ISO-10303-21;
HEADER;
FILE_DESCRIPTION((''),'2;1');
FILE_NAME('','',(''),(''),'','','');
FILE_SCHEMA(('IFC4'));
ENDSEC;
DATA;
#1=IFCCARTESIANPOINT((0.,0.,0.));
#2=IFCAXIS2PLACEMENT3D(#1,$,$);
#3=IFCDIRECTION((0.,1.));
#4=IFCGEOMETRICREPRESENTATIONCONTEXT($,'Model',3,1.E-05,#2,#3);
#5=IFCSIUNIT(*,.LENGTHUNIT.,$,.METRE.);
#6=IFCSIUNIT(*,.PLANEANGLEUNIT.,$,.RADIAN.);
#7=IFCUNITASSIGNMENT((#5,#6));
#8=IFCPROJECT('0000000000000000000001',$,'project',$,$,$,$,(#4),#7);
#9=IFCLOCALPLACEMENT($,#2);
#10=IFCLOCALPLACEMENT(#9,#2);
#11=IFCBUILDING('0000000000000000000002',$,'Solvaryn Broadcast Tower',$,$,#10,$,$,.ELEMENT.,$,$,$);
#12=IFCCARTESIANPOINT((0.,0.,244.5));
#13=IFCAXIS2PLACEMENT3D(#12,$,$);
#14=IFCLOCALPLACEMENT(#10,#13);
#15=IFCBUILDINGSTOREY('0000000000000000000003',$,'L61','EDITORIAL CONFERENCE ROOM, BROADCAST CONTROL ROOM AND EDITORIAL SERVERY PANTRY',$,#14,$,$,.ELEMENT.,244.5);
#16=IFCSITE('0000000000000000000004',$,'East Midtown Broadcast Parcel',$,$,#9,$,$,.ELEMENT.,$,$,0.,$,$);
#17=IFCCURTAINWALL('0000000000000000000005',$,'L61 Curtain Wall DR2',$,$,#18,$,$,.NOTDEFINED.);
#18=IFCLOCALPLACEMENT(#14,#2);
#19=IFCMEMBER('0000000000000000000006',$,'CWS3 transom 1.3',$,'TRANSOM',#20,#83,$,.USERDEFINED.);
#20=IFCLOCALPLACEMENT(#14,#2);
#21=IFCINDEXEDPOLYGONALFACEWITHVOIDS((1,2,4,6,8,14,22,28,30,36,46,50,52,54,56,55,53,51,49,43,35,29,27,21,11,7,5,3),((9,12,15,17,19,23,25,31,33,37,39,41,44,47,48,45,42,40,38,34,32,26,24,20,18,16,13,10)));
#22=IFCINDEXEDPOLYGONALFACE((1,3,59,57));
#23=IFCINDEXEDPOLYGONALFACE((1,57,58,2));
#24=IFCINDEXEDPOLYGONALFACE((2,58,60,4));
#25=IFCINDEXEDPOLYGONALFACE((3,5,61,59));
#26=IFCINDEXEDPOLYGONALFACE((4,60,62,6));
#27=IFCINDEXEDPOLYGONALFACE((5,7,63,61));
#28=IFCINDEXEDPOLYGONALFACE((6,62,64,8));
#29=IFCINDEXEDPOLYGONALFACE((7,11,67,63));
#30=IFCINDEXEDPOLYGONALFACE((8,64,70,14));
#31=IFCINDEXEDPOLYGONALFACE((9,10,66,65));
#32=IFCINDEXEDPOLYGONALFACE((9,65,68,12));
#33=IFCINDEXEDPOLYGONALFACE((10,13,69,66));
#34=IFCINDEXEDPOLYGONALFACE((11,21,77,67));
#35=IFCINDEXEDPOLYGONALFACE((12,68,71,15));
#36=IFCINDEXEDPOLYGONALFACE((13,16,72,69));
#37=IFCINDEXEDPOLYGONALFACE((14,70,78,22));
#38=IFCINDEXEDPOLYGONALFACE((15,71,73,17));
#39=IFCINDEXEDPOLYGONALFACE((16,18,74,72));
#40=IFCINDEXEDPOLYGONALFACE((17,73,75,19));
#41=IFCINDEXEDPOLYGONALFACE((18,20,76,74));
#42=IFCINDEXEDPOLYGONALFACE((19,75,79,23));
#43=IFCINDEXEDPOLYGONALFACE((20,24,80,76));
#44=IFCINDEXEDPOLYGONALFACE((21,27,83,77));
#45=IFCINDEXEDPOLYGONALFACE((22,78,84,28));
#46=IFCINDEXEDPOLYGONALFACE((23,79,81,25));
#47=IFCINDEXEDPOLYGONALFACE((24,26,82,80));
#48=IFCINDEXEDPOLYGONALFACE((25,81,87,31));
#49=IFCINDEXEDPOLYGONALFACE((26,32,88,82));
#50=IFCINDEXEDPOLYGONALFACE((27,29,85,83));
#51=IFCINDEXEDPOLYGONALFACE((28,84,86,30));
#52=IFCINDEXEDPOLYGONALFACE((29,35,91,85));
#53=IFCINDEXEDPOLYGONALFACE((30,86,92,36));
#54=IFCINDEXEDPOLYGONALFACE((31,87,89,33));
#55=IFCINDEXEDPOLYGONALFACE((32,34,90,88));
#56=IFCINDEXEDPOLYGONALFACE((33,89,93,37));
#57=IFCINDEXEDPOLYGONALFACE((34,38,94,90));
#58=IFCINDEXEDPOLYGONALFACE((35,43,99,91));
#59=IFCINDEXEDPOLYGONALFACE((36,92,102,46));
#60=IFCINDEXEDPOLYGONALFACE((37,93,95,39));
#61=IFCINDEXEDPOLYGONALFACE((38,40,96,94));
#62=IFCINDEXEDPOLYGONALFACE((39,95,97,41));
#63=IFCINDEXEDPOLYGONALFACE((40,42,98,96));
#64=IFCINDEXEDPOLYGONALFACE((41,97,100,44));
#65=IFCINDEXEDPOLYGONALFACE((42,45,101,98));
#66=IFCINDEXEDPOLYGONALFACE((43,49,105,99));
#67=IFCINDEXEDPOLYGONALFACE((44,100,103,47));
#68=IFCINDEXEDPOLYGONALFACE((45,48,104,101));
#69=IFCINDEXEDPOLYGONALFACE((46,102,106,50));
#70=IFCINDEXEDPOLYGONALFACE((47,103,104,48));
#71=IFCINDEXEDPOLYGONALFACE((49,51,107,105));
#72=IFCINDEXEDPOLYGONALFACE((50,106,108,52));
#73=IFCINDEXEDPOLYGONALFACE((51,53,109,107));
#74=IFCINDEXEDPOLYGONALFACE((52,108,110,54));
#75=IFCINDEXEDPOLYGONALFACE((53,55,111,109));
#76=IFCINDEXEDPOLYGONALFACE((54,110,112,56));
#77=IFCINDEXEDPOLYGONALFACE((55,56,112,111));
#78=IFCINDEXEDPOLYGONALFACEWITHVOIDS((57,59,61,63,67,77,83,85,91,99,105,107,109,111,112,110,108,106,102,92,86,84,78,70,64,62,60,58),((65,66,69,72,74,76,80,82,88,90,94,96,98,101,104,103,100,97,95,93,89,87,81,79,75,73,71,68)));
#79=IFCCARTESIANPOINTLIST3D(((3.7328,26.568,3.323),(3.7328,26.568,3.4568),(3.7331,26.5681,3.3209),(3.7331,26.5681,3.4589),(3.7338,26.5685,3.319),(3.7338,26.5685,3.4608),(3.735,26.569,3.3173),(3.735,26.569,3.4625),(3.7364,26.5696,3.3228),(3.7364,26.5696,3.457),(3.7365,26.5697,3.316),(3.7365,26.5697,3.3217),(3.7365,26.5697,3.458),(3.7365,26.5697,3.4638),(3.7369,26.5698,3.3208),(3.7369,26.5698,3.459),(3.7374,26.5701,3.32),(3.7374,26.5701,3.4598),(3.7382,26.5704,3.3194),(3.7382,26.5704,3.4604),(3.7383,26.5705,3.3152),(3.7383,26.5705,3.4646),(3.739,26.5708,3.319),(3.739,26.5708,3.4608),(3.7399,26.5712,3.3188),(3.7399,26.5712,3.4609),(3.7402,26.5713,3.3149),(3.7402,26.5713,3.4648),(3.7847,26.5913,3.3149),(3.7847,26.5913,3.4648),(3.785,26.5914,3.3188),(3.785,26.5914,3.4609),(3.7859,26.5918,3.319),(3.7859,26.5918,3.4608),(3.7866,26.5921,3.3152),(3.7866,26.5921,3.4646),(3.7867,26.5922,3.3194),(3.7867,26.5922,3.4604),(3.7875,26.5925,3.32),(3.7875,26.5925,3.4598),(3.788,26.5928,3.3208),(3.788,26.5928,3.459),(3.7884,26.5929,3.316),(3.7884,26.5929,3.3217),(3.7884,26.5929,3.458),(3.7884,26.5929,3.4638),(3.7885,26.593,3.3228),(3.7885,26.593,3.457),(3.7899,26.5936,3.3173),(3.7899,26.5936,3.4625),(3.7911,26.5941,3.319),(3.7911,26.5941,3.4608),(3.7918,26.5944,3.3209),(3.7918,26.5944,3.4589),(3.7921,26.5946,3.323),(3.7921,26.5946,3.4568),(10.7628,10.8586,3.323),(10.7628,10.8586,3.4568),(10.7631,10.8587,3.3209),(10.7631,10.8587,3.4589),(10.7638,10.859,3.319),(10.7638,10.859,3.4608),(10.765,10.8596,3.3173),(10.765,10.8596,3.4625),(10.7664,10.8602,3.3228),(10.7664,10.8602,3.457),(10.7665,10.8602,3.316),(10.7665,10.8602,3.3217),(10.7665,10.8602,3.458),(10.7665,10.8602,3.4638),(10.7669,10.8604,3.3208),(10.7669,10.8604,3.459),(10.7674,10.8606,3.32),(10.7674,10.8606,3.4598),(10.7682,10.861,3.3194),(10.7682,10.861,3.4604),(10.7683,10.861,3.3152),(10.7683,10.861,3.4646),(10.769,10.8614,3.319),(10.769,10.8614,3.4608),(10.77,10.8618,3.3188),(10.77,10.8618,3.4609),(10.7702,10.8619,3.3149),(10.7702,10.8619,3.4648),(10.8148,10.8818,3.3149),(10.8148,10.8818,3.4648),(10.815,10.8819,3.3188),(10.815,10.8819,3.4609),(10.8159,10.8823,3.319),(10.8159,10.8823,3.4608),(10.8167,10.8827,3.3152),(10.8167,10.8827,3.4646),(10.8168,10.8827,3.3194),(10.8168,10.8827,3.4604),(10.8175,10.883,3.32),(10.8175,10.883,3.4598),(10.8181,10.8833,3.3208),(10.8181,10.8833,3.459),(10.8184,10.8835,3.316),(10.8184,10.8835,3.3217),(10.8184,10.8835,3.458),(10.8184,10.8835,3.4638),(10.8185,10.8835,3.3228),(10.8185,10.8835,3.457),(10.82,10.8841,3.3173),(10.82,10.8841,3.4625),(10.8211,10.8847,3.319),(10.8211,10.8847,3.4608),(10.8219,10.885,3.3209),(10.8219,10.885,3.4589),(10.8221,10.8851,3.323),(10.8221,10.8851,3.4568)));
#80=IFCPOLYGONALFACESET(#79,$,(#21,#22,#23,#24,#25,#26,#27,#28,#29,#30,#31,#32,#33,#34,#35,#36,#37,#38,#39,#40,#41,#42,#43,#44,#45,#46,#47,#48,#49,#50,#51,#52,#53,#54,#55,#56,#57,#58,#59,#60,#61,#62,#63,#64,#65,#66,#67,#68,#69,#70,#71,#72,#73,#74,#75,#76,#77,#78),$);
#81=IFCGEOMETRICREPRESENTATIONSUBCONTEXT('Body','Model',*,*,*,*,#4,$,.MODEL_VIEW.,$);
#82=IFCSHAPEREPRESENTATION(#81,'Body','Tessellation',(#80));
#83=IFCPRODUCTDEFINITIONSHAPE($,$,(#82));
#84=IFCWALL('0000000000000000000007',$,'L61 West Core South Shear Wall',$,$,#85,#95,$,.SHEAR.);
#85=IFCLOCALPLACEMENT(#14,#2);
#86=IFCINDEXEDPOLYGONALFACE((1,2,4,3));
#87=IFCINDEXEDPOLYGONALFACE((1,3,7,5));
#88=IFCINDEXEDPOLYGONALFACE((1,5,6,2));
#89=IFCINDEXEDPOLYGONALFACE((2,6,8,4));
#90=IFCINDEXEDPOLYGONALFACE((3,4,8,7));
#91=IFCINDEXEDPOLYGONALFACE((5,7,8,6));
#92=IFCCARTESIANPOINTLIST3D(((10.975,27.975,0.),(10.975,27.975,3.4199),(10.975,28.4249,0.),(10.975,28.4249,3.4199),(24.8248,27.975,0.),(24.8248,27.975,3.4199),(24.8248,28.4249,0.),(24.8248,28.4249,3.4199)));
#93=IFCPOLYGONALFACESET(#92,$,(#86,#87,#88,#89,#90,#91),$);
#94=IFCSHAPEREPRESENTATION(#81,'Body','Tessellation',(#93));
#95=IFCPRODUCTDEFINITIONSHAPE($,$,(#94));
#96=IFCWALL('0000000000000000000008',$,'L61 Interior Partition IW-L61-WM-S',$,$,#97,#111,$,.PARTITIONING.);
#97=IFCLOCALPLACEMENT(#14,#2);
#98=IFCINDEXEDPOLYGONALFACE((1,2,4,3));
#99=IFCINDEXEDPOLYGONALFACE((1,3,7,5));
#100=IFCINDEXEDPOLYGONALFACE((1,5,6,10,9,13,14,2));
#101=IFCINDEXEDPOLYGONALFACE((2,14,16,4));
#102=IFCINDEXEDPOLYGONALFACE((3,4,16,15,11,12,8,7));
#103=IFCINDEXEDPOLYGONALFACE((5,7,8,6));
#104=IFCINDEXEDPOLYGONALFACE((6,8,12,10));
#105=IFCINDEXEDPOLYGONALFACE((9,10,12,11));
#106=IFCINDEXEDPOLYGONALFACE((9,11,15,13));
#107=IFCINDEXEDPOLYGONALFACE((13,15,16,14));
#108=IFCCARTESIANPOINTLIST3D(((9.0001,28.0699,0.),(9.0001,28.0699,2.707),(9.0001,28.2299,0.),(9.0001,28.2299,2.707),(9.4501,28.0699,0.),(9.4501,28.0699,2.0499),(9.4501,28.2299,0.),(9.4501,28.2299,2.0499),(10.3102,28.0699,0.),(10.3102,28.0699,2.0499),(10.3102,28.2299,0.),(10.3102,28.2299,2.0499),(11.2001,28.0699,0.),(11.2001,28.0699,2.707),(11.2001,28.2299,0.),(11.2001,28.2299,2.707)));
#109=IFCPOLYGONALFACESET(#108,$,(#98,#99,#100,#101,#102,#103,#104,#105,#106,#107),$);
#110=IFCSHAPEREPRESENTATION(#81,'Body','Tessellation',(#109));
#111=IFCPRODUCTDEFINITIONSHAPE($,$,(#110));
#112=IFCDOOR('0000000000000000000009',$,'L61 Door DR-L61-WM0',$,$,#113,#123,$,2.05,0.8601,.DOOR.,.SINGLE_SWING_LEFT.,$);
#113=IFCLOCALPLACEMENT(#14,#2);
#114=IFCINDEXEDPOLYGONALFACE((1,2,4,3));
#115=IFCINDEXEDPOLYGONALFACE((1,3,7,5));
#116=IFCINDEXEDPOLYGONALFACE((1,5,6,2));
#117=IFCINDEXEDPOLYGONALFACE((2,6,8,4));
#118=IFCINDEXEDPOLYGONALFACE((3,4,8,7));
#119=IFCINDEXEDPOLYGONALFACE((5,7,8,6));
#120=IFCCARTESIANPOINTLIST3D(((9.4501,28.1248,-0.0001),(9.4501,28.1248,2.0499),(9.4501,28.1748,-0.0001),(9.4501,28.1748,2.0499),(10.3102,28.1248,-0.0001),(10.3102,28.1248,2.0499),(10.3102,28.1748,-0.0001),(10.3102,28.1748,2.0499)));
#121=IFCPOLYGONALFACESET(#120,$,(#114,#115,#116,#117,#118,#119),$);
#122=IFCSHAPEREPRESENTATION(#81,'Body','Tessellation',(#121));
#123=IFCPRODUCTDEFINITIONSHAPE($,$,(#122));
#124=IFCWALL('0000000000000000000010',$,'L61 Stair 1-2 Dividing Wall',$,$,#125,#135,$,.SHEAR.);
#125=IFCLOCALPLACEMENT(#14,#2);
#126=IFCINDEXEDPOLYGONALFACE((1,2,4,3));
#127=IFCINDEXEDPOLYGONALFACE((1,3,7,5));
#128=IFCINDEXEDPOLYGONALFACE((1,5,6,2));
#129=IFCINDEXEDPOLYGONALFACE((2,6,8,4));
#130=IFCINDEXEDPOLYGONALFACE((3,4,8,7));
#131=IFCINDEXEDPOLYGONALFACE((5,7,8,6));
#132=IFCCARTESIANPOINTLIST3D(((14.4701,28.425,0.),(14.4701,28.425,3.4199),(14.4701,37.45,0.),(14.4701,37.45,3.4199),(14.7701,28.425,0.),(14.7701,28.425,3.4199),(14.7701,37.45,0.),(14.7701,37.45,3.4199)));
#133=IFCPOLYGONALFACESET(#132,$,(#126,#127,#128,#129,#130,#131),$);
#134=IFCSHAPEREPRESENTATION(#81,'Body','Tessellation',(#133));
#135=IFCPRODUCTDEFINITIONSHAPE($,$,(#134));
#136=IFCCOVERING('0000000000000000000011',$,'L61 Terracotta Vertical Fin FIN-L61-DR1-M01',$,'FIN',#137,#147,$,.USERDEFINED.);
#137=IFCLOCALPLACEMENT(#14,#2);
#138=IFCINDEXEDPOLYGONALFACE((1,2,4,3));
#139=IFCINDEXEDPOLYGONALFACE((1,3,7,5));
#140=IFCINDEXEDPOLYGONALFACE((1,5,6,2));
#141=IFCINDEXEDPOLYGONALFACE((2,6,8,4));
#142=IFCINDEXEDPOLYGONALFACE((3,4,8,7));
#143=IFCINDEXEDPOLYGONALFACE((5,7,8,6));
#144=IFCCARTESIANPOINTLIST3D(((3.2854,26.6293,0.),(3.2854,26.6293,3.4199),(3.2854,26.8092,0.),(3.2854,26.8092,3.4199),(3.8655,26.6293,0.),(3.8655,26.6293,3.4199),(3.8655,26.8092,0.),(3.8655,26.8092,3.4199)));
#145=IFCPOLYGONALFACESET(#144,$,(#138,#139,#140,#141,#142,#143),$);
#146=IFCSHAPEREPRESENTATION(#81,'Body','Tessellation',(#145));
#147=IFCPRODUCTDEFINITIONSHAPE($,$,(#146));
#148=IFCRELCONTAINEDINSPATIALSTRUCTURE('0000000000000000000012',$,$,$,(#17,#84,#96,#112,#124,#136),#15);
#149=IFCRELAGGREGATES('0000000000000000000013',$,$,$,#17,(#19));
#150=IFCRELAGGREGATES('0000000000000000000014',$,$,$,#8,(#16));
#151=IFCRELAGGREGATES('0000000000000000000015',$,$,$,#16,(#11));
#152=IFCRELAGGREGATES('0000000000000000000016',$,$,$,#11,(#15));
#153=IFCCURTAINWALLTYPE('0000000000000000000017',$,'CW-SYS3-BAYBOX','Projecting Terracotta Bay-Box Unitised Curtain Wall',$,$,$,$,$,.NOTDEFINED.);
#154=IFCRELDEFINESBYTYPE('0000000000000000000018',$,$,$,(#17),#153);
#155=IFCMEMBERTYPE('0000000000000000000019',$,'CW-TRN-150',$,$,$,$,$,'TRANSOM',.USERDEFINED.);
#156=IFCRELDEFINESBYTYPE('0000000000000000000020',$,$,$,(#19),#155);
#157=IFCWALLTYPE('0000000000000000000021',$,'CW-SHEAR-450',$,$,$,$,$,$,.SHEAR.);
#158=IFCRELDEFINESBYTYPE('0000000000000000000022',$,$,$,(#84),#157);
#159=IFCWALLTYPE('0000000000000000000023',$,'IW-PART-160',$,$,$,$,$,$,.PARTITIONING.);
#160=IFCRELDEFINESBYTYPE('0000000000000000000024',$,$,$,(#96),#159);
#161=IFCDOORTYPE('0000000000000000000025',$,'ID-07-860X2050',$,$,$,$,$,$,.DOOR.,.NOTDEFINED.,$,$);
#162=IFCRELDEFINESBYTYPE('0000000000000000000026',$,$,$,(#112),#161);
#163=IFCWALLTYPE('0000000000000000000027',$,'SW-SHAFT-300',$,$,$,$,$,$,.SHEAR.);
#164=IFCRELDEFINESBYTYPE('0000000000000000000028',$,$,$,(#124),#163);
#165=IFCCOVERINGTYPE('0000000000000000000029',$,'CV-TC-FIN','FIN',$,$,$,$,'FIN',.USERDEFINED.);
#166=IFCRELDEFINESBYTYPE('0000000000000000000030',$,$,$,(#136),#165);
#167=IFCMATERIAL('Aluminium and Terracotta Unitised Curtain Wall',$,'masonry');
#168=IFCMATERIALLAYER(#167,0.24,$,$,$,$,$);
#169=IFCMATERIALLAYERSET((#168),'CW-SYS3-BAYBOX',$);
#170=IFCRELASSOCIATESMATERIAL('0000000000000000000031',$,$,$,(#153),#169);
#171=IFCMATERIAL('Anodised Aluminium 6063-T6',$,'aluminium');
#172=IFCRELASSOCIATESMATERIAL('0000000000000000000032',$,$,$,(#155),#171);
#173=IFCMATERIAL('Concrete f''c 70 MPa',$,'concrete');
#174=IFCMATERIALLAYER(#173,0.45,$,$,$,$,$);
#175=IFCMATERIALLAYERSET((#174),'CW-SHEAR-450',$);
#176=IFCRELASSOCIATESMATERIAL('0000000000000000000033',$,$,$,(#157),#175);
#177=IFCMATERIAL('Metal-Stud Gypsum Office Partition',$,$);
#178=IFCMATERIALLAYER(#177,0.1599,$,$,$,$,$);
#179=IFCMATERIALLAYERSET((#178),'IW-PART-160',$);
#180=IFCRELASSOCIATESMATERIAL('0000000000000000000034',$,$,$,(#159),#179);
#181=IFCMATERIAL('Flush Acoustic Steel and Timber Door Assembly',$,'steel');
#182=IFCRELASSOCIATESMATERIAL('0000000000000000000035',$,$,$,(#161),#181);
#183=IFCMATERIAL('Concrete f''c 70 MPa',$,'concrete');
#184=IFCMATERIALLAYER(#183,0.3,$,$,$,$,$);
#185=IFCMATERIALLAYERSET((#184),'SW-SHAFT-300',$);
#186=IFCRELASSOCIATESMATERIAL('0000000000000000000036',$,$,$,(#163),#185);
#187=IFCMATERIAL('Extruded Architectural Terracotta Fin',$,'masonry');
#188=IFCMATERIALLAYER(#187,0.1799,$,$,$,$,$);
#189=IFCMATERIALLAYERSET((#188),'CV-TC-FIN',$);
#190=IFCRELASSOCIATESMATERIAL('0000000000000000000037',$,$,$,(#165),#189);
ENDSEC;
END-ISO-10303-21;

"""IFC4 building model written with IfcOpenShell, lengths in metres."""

from ifc_helpers import new_model, si_unit, direction, frame, frame_2d, origin, origin_2d, place, context, subcontext, project, spatial, rectangle, hollow_rectangle, extrude, material, layer, layer_set, material_profile, profile_set, type_object, element, fill, aggregate, save


model = new_model("IFC4")

# Units and contexts
model_context = context("Model", 3, precision=1e-05, world=origin(), true_north=direction((0.0, 1.0)))
body_context = subcontext(model_context, "Body", "Model", "MODEL_VIEW")
ifc_project = project(units=[si_unit("LENGTHUNIT", "METRE"), si_unit("PLANEANGLEUNIT", "RADIAN")], contexts=[model_context])

# Site, building, storey
site_placement = place(None, origin())
site = spatial("IfcSite", under=ifc_project, at=site_placement, Name="East Midtown Broadcast Parcel", CompositionType="ELEMENT", RefElevation=0.0)
building_placement = place(site_placement, origin())
building = spatial("IfcBuilding", under=site, at=building_placement, Name="Solvaryn Broadcast Tower", CompositionType="ELEMENT")
storey_placement = place(building_placement, frame((0.0, 0.0, 244.5)))
storey = spatial("IfcBuildingStorey", under=building, at=storey_placement, Name="L61", Description="EDITORIAL CONFERENCE ROOM, BROADCAST CONTROL ROOM AND EDITORIAL SERVERY PANTRY", CompositionType="ELEMENT", Elevation=244.5)

# Curtain wall, member
ifc_material_1 = material(Name="Aluminium and Terracotta Unitised Curtain Wall", Category="masonry")
ifc_layer_1 = layer(ifc_material_1, 0.24)
ifc_layer_set_1 = layer_set([ifc_layer_1], Name="CW-SYS3-BAYBOX")
curtain_wall_type_1 = type_object("IfcCurtainWallType", Name="CW-SYS3-BAYBOX", Description="Projecting Terracotta Bay-Box Unitised Curtain Wall", PredefinedType="NOTDEFINED", material=ifc_layer_set_1)
curtain_wall_1_placement = place(storey_placement, origin())
curtain_wall_1 = element("IfcCurtainWall", 1, at=curtain_wall_1_placement, inside=storey, type_object=curtain_wall_type_1, Name="L61 Curtain Wall DR2", PredefinedType="NOTDEFINED")
ifc_material_2 = material(Name="Anodised Aluminium 6063-T6", Category="aluminium")
ifc_material_profile_1 = material_profile(ifc_material_2, hollow_rectangle(XDim=0.0649, YDim=0.1499, WallThickness=0.0039, InnerFilletRadius=0.0039, OuterFilletRadius=0.0081, at=origin_2d()))
ifc_profile_set_1 = profile_set([ifc_material_profile_1], Name="Anodised Aluminium 6063-T6")
member_type_1 = type_object("IfcMemberType", Name="CW-TRN-150", ElementType="TRANSOM", PredefinedType="USERDEFINED", material=ifc_profile_set_1)
member_1_placement = place(storey_placement, frame((3.7625, 26.5813, 3.3899), z_axis=(0.408468, -0.912773, 0.0), x_axis=(0.912773, 0.408468, 0.0)))
member_1 = element("IfcMember", 2, at=member_1_placement, type_object=member_type_1, Name="CWS3 transom 1.3", ObjectType="TRANSOM", PredefinedType="USERDEFINED", context=body_context, shape_type="SweptSolid", body=[
    extrude(hollow_rectangle(XDim=0.0649, YDim=0.1499, WallThickness=0.0039, InnerFilletRadius=0.0039, OuterFilletRadius=0.0081, at=origin_2d()), origin(), (0.0, 0.0, 1.0), 17.2107),
])
aggregate(curtain_wall_1, [member_1])

# Wall
ifc_material_3 = material(Name="Concrete f'c 70 MPa", Category="concrete")
ifc_layer_2 = layer(ifc_material_3, 0.45)
ifc_layer_set_2 = layer_set([ifc_layer_2], Name="CW-SHEAR-450")
wall_type_1 = type_object("IfcWallType", Name="CW-SHEAR-450", PredefinedType="SHEAR", material=ifc_layer_set_2)
wall_1_placement = place(storey_placement, frame((10.9751, 28.2, 0.0), z_axis=(0.0, 0.0, 1.0), x_axis=(1.0, 0.0, 0.0)))
element("IfcWall", 3, at=wall_1_placement, inside=storey, type_object=wall_type_1, Name="L61 West Core South Shear Wall", PredefinedType="SHEAR", context=body_context, shape_type="SweptSolid", body=[
    extrude(rectangle(XDim=13.8499, YDim=0.45, at=frame_2d((6.9248, 0.0))), origin(), (0.0, 0.0, 1.0), 3.4199),
])

# Wall, opening, door
ifc_material_4 = material(Name="Metal-Stud Gypsum Office Partition")
ifc_layer_3 = layer(ifc_material_4, 0.1599)
ifc_layer_set_3 = layer_set([ifc_layer_3], Name="IW-PART-160")
wall_type_2 = type_object("IfcWallType", Name="IW-PART-160", PredefinedType="PARTITIONING", material=ifc_layer_set_3)
wall_2_placement = place(storey_placement, frame((9.0, 28.1499, 0.0), z_axis=(0.0, 0.0, 1.0), x_axis=(1.0, 0.0, 0.0)))
wall_2 = element("IfcWall", 4, at=wall_2_placement, inside=storey, type_object=wall_type_2, Name="L61 Interior Partition IW-L61-WM-S", PredefinedType="PARTITIONING", context=body_context, shape_type="SweptSolid", body=[
    extrude(rectangle(XDim=2.2, YDim=0.1599, at=frame_2d((1.1001, 0.0))), origin(), (0.0, 0.0, 1.0), 2.707),
])
opening_placement = place(wall_2_placement, frame((0.45, 0.0, 0.0)))
opening = element("IfcOpeningElement", 5, at=opening_placement, cuts=wall_2, PredefinedType="OPENING", context=body_context, shape_type="SweptSolid", body=[
    extrude(rectangle(XDim=0.8601, YDim=2.05, at=frame_2d((0.4302, 1.0249))), frame((0.0, 0.0901, 0.0), z_axis=(0.0, -1.0, 0.0), x_axis=(1.0, 0.0, 0.0)), (0.0, 0.0, 1.0), 0.1799),
])
ifc_material_5 = material(Name="Flush Acoustic Steel and Timber Door Assembly", Category="steel")
door_type = type_object("IfcDoorType", Name="ID-07-860X2050", OperationType="NOTDEFINED", PredefinedType="DOOR", material=ifc_material_5)
door_placement = place(opening_placement, origin())
door = element("IfcDoor", 6, at=door_placement, inside=storey, type_object=door_type, Name="L61 Door DR-L61-WM0", OperationType="SINGLE_SWING_LEFT", OverallHeight=2.05, OverallWidth=0.8601, PredefinedType="DOOR", context=body_context, shape_type="SweptSolid", body=[
    extrude(rectangle(XDim=0.8601, YDim=2.05, at=frame_2d((0.4302, 1.0249))), frame((0.0, 0.0249, 0.0), z_axis=(0.0, -1.0, 0.0), x_axis=(1.0, 0.0, 0.0)), (0.0, 0.0, 1.0), 0.05),
])
fill(opening, door)

# Wall
ifc_material_6 = material(Name="Concrete f'c 70 MPa", Category="concrete")
ifc_layer_4 = layer(ifc_material_6, 0.3)
ifc_layer_set_4 = layer_set([ifc_layer_4], Name="SW-SHAFT-300")
wall_type_3 = type_object("IfcWallType", Name="SW-SHAFT-300", PredefinedType="SHEAR", material=ifc_layer_set_4)
wall_3_placement = place(storey_placement, frame((14.6201, 28.425, 0.0), z_axis=(0.0, 0.0, 1.0), x_axis=(0.0, 1.0, 0.0)))
element("IfcWall", 7, at=wall_3_placement, inside=storey, type_object=wall_type_3, Name="L61 Stair 1-2 Dividing Wall", PredefinedType="SHEAR", context=body_context, shape_type="SweptSolid", body=[
    extrude(rectangle(XDim=9.0249, YDim=0.3, at=frame_2d((4.5125, 0.0))), origin(), (0.0, 0.0, 1.0), 3.4199),
])

# Covering
ifc_material_7 = material(Name="Extruded Architectural Terracotta Fin", Category="masonry")
ifc_layer_5 = layer(ifc_material_7, 0.1799)
ifc_layer_set_5 = layer_set([ifc_layer_5], Name="CV-TC-FIN")
covering_type = type_object("IfcCoveringType", Name="CV-TC-FIN", Description="FIN", ElementType="FIN", PredefinedType="USERDEFINED", material=ifc_layer_set_5)
covering_placement = place(storey_placement, frame((3.5754, 26.7192, 0.0), z_axis=(0.0, 0.0, 1.0), x_axis=(1.0, 0.0, 0.0)))
element("IfcCovering", 8, at=covering_placement, inside=storey, type_object=covering_type, Name="L61 Terracotta Vertical Fin FIN-L61-DR1-M01", ObjectType="FIN", PredefinedType="USERDEFINED", context=body_context, shape_type="SweptSolid", body=[
    extrude(rectangle(XDim=0.5801, YDim=0.1799, at=origin_2d()), origin(), (0.0, 0.0, 1.0), 3.4199),
])

save(model, "model.ifc")
